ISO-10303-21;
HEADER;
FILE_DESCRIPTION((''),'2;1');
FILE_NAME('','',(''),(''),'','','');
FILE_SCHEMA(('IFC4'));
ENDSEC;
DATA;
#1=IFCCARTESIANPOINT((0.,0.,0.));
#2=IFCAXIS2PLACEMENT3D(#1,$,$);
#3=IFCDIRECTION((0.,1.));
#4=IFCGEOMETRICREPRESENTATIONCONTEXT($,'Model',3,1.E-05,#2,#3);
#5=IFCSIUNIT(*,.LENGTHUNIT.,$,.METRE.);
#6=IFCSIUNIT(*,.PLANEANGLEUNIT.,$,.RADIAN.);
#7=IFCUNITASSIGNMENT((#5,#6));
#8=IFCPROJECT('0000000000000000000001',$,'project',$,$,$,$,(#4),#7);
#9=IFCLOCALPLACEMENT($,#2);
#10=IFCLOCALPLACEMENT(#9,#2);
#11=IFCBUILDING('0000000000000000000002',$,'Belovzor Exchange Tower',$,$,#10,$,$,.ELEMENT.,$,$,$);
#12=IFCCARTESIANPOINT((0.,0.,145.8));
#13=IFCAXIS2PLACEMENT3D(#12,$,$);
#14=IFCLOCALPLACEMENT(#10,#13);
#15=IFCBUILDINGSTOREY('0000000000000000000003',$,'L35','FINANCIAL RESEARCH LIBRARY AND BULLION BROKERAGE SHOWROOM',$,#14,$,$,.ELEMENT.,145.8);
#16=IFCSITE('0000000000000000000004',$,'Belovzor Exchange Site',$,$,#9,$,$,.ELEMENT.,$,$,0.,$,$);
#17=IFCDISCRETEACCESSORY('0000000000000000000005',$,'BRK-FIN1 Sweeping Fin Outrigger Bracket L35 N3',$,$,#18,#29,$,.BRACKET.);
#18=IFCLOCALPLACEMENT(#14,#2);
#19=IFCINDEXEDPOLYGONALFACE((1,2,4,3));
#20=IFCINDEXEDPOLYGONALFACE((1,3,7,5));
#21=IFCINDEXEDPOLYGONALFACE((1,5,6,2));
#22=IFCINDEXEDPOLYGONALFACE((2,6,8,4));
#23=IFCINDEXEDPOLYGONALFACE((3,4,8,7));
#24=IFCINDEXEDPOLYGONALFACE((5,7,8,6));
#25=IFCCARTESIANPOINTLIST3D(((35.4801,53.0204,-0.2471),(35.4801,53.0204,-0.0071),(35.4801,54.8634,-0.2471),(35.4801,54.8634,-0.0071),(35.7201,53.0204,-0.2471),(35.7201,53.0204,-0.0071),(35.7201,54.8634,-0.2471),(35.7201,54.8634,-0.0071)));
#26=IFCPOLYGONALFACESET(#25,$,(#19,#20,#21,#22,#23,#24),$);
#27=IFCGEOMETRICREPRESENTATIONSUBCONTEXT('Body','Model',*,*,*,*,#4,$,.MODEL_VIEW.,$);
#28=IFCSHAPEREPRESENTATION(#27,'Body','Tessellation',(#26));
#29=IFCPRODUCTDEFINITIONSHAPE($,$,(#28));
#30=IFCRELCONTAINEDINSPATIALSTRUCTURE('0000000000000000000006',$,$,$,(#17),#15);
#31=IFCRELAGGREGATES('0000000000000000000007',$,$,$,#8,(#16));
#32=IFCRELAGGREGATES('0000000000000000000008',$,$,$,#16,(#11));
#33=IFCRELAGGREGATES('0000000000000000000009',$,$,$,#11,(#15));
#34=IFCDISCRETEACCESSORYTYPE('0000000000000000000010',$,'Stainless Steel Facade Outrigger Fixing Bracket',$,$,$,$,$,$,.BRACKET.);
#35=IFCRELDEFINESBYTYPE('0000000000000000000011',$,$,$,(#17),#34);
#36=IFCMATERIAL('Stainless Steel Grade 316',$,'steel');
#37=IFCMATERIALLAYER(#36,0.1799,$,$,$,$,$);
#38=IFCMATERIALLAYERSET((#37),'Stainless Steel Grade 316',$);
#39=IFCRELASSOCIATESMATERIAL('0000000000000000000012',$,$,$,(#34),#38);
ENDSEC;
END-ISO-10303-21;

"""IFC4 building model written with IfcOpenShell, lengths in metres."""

from ifc_helpers import new_model, si_unit, direction, frame, origin, origin_2d, place, context, subcontext, project, spatial, rectangle, extrude, material, layer, layer_set, type_object, element, save


model = new_model("IFC4")

# Units and contexts
model_context = context("Model", 3, precision=1e-05, world=origin(), true_north=direction((0.0, 1.0)))
body_context = subcontext(model_context, "Body", "Model", "MODEL_VIEW")
ifc_project = project(units=[si_unit("LENGTHUNIT", "METRE"), si_unit("PLANEANGLEUNIT", "RADIAN")], contexts=[model_context])

# Site, building, storey
site_placement = place(None, origin())
site = spatial("IfcSite", under=ifc_project, at=site_placement, Name="Belovzor Exchange Site", CompositionType="ELEMENT", RefElevation=0.0)
building_placement = place(site_placement, origin())
building = spatial("IfcBuilding", under=site, at=building_placement, Name="Belovzor Exchange Tower", CompositionType="ELEMENT")
storey_placement = place(building_placement, frame((0.0, 0.0, 145.8)))
storey = spatial("IfcBuildingStorey", under=building, at=storey_placement, Name="L35", Description="FINANCIAL RESEARCH LIBRARY AND BULLION BROKERAGE SHOWROOM", CompositionType="ELEMENT", Elevation=145.8)

# Discrete accessory
ifc_material_1 = material(Name="Stainless Steel Grade 316", Category="steel")
ifc_layer_1 = layer(ifc_material_1, 0.1799)
ifc_layer_set_1 = layer_set([ifc_layer_1], Name="Stainless Steel Grade 316")
discrete_accessory_type = type_object("IfcDiscreteAccessoryType", Name="Stainless Steel Facade Outrigger Fixing Bracket", PredefinedType="BRACKET", material=ifc_layer_set_1)
discrete_accessory_placement = place(storey_placement, frame((35.6001, 53.9419, -0.2471), z_axis=(0.0, 0.0, 1.0), x_axis=(0.0, 1.0, 0.0)))
element("IfcDiscreteAccessory", 1, at=discrete_accessory_placement, inside=storey, type_object=discrete_accessory_type, Name="BRK-FIN1 Sweeping Fin Outrigger Bracket L35 N3", PredefinedType="BRACKET", context=body_context, shape_type="SweptSolid", body=[
    extrude(rectangle(XDim=1.843, YDim=0.24, at=origin_2d()), origin(), (0.0, 0.0, 1.0), 0.24),
])

save(model, "model.ifc")
